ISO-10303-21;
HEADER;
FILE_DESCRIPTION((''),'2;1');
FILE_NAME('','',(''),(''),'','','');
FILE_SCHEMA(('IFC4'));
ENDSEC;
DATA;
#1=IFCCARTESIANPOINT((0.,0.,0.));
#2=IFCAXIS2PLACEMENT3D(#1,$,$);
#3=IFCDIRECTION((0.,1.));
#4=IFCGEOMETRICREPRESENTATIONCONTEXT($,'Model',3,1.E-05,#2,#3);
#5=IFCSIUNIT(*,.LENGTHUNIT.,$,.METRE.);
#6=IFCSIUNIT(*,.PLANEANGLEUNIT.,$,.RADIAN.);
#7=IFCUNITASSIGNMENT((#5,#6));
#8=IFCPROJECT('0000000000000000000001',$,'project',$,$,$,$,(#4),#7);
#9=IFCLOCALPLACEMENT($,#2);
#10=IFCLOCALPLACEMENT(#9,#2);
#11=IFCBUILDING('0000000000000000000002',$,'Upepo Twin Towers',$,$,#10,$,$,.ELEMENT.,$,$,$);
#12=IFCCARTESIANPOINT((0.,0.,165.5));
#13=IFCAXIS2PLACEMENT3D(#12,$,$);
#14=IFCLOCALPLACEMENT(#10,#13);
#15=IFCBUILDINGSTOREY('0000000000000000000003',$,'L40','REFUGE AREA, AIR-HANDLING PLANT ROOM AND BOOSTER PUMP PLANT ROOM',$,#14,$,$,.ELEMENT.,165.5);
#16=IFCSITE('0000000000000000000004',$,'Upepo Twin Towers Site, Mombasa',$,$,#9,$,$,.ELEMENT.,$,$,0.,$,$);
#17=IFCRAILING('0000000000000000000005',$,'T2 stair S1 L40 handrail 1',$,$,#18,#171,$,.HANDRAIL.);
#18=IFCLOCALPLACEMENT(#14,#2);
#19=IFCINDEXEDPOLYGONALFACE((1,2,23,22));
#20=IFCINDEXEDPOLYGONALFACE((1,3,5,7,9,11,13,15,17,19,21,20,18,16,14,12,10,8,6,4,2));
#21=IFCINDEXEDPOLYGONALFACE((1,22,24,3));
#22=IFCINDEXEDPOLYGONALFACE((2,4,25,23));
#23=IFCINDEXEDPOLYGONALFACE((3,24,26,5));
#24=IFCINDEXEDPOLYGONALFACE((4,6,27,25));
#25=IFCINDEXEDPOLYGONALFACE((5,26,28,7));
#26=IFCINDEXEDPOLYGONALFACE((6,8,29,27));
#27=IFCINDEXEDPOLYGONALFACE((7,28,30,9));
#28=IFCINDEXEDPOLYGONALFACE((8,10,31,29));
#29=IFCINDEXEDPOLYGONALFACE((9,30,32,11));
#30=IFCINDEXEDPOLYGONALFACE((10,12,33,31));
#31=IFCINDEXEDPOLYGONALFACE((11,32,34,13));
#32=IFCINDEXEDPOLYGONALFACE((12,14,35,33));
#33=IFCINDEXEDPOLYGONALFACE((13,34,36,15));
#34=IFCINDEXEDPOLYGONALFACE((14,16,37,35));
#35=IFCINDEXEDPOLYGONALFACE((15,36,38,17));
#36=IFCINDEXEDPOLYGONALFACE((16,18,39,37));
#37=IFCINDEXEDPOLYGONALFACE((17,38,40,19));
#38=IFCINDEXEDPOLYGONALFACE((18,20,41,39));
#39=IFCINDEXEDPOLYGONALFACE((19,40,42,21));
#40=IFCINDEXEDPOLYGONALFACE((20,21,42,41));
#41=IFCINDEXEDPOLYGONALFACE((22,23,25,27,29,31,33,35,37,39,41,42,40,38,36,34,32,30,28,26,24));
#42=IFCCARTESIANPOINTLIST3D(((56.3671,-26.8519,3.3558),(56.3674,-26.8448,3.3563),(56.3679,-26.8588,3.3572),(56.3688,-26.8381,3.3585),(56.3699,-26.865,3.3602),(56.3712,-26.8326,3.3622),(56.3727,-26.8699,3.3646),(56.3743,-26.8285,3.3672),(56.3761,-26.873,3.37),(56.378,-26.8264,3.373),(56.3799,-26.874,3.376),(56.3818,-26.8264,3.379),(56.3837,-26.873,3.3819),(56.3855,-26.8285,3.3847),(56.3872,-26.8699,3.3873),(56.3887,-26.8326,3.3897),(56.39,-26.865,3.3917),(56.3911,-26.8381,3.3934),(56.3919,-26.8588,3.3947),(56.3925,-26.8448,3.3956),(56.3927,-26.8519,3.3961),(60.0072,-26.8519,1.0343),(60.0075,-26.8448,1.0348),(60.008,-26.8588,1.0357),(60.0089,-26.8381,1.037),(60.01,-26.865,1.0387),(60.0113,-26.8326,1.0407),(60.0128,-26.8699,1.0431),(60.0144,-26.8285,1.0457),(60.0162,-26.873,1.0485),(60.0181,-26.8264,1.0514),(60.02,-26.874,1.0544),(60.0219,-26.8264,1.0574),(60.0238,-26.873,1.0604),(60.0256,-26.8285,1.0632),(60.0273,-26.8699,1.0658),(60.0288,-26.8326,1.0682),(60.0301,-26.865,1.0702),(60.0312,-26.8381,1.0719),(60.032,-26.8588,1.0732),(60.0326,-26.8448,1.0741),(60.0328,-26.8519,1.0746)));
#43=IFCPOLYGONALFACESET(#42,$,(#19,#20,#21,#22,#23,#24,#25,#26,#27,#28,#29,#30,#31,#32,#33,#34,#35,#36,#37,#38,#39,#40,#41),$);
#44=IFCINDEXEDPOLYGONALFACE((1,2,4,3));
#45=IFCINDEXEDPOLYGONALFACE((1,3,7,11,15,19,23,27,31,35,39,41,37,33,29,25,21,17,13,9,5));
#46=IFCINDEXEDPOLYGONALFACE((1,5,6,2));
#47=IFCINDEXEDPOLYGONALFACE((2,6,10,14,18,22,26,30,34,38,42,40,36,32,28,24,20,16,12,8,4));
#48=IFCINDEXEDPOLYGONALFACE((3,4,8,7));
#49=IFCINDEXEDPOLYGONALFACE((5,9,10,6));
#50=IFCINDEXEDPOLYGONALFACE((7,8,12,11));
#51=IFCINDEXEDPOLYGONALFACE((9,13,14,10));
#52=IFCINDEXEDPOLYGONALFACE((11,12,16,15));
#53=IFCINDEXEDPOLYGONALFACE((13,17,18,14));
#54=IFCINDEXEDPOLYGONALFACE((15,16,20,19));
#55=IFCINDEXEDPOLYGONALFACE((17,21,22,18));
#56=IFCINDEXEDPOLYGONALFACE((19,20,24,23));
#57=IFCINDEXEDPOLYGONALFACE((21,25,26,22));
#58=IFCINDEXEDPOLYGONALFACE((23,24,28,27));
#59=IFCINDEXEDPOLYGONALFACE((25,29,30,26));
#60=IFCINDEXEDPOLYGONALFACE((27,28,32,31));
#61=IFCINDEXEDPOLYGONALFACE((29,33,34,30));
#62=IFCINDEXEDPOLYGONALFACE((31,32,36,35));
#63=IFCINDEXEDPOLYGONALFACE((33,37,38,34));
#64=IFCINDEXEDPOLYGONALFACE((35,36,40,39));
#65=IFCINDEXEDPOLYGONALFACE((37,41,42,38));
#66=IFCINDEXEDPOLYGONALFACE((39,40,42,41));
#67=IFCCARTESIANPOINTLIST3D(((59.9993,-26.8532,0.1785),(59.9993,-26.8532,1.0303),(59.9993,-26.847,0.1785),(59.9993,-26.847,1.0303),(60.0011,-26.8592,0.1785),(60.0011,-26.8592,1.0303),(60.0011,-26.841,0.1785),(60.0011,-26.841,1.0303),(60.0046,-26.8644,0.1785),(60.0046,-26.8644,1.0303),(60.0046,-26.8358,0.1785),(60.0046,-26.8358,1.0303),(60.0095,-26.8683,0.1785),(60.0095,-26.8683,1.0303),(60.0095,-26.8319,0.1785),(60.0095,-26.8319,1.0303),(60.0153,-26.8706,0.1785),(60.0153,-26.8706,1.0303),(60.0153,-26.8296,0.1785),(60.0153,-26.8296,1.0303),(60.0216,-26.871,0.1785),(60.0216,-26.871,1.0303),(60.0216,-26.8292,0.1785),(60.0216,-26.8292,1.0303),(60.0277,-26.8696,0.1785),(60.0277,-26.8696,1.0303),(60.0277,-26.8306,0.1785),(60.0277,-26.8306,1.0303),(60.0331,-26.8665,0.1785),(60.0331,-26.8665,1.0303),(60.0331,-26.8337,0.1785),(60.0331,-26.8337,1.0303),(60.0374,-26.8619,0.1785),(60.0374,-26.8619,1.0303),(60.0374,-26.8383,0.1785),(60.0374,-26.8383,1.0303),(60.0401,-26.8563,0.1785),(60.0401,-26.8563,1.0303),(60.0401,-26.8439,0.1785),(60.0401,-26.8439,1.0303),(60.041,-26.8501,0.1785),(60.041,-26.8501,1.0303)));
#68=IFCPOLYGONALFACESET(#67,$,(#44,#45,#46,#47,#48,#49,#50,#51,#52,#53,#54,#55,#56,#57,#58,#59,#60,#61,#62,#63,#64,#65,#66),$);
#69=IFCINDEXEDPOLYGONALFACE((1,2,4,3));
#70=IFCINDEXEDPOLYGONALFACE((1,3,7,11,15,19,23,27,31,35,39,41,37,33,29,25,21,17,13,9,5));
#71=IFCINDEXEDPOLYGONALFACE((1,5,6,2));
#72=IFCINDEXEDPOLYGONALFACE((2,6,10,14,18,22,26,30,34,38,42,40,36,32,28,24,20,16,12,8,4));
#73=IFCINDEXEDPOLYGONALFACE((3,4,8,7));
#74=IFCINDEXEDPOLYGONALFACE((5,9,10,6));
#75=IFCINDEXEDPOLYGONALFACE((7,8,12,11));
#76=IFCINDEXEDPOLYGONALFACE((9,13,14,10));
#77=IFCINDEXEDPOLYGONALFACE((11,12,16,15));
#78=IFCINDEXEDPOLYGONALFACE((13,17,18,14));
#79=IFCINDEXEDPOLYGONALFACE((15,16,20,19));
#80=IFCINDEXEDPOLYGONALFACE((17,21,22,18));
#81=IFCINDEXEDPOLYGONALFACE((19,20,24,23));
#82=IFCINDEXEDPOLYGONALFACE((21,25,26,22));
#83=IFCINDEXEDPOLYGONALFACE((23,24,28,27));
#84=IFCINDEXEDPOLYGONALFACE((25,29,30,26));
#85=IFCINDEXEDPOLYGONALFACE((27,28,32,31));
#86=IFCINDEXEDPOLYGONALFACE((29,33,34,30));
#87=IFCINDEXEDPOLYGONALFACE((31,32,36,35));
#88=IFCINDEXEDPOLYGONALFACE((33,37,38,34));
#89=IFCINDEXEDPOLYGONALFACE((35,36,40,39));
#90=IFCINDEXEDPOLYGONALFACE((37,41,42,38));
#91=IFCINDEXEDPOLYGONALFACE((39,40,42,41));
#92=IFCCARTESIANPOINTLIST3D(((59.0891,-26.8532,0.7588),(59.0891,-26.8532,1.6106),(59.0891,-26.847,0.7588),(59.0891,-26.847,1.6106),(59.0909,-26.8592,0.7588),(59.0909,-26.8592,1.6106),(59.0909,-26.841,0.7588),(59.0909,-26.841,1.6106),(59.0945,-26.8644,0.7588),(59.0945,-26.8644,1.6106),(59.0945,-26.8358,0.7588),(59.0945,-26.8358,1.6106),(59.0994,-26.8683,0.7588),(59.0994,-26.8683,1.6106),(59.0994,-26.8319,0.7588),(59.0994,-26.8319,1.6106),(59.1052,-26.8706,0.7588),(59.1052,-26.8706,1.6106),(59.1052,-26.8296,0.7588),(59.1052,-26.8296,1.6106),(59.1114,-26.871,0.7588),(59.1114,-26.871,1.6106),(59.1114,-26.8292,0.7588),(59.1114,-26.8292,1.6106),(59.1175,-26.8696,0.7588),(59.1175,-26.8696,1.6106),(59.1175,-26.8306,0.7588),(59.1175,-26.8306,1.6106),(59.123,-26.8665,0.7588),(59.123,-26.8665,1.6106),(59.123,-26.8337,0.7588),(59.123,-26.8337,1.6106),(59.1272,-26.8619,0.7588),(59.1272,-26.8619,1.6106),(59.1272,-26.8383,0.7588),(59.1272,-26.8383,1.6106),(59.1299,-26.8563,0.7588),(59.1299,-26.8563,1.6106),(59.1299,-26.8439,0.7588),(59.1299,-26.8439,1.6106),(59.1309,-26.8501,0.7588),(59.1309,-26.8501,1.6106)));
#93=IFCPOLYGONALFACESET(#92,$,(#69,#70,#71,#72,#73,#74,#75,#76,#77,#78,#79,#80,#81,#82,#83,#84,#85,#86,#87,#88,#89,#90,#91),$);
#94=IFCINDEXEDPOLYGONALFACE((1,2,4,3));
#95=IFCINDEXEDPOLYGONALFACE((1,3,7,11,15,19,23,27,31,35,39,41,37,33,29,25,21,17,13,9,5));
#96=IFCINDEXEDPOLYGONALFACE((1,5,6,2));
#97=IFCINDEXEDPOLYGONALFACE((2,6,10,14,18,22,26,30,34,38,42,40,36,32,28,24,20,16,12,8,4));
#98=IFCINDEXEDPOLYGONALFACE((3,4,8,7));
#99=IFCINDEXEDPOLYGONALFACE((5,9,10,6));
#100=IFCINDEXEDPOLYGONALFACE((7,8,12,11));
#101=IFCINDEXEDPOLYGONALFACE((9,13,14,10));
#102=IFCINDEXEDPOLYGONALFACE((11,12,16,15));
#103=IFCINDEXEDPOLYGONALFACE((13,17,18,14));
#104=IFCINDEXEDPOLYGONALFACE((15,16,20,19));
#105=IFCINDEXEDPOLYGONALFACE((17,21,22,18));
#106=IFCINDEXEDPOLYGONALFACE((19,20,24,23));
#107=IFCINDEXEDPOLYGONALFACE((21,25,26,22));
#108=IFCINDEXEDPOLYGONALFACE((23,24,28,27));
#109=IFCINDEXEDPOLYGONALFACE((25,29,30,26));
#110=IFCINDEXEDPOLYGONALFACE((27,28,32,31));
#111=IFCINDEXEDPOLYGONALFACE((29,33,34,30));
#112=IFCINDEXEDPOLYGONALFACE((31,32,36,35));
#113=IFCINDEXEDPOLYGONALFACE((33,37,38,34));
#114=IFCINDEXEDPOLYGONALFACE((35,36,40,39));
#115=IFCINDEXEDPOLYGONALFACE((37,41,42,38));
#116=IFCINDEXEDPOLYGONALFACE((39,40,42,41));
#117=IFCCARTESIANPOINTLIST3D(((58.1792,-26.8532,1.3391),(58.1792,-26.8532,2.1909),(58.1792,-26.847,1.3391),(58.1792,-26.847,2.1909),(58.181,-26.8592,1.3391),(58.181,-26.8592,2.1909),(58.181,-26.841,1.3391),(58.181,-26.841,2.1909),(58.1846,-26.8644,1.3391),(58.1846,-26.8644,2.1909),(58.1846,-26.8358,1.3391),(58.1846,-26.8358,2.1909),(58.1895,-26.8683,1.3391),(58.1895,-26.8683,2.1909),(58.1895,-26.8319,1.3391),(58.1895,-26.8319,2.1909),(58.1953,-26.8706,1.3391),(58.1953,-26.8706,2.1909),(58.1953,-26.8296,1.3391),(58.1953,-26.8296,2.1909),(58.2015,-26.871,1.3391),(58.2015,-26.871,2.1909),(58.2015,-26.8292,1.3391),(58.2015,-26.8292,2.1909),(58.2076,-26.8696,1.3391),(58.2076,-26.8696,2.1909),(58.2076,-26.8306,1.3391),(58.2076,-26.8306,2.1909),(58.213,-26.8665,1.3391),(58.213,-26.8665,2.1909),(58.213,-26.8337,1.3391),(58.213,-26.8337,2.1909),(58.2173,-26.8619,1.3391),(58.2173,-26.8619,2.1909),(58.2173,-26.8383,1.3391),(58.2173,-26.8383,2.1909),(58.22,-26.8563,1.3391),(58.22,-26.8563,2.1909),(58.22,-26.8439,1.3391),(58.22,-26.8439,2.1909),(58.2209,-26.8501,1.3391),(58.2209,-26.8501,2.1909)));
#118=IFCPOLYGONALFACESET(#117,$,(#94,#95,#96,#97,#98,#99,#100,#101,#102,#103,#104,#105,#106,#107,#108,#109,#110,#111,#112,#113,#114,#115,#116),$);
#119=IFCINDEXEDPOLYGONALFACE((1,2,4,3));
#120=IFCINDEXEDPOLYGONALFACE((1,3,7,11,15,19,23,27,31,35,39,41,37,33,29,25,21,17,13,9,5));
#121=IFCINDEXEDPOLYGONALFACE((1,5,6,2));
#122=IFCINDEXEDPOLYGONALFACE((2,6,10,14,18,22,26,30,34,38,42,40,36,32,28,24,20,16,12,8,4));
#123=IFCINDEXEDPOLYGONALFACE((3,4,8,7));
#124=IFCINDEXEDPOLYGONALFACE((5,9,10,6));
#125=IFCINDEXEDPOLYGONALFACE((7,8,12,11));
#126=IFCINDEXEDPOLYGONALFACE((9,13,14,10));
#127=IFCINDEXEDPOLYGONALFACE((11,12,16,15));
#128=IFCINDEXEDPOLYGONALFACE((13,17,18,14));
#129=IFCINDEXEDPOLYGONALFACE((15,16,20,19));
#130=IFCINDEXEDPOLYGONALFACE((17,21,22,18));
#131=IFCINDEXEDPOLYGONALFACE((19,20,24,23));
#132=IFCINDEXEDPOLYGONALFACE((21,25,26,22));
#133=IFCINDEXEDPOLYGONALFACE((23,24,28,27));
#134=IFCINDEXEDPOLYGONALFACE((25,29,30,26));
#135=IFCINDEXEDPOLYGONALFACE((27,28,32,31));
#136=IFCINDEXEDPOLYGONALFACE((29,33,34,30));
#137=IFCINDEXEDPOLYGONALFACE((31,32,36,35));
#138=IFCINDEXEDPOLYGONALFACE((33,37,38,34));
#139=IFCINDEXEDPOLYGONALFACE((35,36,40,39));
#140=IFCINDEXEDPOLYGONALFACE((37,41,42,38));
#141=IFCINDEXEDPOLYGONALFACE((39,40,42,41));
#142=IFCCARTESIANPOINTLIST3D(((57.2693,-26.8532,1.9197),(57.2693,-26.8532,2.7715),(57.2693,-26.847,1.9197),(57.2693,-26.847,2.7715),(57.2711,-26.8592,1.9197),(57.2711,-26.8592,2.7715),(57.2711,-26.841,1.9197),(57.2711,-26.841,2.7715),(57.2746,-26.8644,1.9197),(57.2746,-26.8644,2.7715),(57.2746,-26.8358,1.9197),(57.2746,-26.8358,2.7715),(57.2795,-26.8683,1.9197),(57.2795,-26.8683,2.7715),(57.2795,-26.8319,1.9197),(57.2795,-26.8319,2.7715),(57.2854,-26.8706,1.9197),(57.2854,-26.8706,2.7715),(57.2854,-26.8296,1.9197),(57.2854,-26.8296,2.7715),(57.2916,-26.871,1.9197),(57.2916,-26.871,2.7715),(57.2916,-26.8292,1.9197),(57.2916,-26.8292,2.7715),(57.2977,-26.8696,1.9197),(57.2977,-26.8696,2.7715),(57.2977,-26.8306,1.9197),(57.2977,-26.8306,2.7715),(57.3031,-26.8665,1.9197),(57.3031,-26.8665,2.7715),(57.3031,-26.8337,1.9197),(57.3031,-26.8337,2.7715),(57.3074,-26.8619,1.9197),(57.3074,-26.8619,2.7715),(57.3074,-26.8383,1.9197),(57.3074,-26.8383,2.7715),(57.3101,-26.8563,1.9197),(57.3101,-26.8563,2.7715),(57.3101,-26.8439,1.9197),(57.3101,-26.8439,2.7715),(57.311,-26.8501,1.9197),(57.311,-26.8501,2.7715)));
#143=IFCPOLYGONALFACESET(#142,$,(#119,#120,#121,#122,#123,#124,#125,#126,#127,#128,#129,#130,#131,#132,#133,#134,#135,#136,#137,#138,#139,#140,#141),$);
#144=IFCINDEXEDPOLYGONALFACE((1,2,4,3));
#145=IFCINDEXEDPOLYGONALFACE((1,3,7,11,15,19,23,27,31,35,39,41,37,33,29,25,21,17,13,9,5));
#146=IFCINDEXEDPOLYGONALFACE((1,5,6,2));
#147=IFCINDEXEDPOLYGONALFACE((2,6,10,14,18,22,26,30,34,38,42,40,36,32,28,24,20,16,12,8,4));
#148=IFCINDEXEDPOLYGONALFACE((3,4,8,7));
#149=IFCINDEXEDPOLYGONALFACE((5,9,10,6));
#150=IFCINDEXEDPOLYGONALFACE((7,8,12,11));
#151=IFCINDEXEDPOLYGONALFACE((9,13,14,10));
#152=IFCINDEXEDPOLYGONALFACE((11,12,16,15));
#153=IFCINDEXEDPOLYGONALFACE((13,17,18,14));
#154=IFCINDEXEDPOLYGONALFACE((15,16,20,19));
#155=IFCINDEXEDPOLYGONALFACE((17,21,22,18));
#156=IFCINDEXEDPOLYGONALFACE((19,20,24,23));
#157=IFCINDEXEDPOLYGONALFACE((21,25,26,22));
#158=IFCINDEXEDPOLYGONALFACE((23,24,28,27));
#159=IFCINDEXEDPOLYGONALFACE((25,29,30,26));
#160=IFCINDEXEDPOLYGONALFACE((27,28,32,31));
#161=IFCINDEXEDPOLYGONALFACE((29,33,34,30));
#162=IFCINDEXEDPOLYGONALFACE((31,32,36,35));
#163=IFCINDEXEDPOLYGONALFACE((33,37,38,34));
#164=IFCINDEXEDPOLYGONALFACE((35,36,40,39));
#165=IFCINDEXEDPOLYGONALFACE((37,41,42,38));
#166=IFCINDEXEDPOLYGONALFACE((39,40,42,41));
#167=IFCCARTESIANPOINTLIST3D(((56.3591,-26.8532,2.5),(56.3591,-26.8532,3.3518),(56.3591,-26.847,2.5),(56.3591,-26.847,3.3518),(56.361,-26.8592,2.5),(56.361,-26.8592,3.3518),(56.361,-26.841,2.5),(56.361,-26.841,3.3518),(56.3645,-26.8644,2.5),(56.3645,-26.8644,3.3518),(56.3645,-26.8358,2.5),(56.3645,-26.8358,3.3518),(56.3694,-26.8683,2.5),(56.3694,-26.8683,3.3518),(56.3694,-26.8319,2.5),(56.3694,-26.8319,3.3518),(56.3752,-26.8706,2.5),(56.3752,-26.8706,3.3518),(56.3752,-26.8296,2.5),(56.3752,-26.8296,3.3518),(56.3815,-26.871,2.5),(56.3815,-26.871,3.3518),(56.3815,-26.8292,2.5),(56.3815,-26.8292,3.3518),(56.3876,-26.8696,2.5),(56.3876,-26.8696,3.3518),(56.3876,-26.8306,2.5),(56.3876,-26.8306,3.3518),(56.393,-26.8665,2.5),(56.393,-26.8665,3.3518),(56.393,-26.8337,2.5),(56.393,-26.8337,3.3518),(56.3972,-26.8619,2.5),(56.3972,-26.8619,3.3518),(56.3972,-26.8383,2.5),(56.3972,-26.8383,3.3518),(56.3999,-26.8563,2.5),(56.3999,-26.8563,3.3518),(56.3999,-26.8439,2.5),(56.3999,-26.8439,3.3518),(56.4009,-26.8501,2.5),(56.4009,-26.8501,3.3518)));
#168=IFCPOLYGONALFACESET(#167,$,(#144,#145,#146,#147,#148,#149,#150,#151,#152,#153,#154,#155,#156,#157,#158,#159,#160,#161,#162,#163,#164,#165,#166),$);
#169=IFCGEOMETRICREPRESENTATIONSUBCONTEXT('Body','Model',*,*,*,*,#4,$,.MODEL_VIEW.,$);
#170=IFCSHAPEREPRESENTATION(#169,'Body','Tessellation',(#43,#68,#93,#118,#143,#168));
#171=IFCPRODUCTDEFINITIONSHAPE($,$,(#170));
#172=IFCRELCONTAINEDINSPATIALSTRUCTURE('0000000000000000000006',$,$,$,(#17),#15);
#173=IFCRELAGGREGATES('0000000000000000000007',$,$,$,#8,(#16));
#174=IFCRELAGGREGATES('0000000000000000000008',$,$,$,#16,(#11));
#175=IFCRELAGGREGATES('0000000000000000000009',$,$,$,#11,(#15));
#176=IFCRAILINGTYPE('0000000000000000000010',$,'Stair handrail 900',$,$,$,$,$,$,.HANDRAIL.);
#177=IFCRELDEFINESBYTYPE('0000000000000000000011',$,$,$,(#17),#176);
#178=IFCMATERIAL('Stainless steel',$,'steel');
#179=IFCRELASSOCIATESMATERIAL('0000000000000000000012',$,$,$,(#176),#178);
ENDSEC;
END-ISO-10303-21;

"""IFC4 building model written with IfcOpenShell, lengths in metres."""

from ifc_helpers import new_model, si_unit, direction, frame, origin, origin_2d, place, context, subcontext, project, spatial, circle, extrude, material, type_object, element, save


model = new_model("IFC4")

# Units and contexts
model_context = context("Model", 3, precision=1e-05, world=origin(), true_north=direction((0.0, 1.0)))
body_context = subcontext(model_context, "Body", "Model", "MODEL_VIEW")
ifc_project = project(units=[si_unit("LENGTHUNIT", "METRE"), si_unit("PLANEANGLEUNIT", "RADIAN")], contexts=[model_context])

# Site, building, storey
site_placement = place(None, origin())
site = spatial("IfcSite", under=ifc_project, at=site_placement, Name="Upepo Twin Towers Site, Mombasa", CompositionType="ELEMENT", RefElevation=0.0)
building_placement = place(site_placement, origin())
building = spatial("IfcBuilding", under=site, at=building_placement, Name="Upepo Twin Towers", CompositionType="ELEMENT")
storey_placement = place(building_placement, frame((0.0, 0.0, 165.5)))
storey = spatial("IfcBuildingStorey", under=building, at=storey_placement, Name="L40", Description="REFUGE AREA, AIR-HANDLING PLANT ROOM AND BOOSTER PUMP PLANT ROOM", CompositionType="ELEMENT", Elevation=165.5)

# Railing
ifc_material_1 = material(Name="Stainless steel", Category="steel")
railing_type_1 = type_object("IfcRailingType", Name="Stair handrail 900", PredefinedType="HANDRAIL", material=ifc_material_1)
railing_1_placement = place(storey_placement, frame((60.02, -26.8501, 0.1785)))
element("IfcRailing", 1, at=railing_1_placement, inside=storey, type_object=railing_type_1, Name="T2 stair S1 L40 handrail 1", PredefinedType="HANDRAIL", context=body_context, shape_type="SweptSolid", body=[
    extrude(circle(Radius=0.0239, at=origin_2d()), frame((0.0, 0.0, 0.876), z_axis=(-0.843128, 0.0, 0.537713), x_axis=(0.0, -1.0, 0.0)), (0.0, 0.0, 1.0), 4.3174),
    extrude(circle(Radius=0.021, at=origin_2d()), origin(), (0.0, 0.0, 1.0), 0.8518),
    extrude(circle(Radius=0.021, at=origin_2d()), frame((-0.9102, 0.0, 0.5803)), (0.0, 0.0, 1.0), 0.8518),
    extrude(circle(Radius=0.021, at=origin_2d()), frame((-1.8201, 0.0, 1.1606)), (0.0, 0.0, 1.0), 0.8518),
    extrude(circle(Radius=0.021, at=origin_2d()), frame((-2.73, 0.0, 1.7412)), (0.0, 0.0, 1.0), 0.8518),
    extrude(circle(Radius=0.021, at=origin_2d()), frame((-3.6401, 0.0, 2.3215)), (0.0, 0.0, 1.0), 0.8518),
])

save(model, "model.ifc")
